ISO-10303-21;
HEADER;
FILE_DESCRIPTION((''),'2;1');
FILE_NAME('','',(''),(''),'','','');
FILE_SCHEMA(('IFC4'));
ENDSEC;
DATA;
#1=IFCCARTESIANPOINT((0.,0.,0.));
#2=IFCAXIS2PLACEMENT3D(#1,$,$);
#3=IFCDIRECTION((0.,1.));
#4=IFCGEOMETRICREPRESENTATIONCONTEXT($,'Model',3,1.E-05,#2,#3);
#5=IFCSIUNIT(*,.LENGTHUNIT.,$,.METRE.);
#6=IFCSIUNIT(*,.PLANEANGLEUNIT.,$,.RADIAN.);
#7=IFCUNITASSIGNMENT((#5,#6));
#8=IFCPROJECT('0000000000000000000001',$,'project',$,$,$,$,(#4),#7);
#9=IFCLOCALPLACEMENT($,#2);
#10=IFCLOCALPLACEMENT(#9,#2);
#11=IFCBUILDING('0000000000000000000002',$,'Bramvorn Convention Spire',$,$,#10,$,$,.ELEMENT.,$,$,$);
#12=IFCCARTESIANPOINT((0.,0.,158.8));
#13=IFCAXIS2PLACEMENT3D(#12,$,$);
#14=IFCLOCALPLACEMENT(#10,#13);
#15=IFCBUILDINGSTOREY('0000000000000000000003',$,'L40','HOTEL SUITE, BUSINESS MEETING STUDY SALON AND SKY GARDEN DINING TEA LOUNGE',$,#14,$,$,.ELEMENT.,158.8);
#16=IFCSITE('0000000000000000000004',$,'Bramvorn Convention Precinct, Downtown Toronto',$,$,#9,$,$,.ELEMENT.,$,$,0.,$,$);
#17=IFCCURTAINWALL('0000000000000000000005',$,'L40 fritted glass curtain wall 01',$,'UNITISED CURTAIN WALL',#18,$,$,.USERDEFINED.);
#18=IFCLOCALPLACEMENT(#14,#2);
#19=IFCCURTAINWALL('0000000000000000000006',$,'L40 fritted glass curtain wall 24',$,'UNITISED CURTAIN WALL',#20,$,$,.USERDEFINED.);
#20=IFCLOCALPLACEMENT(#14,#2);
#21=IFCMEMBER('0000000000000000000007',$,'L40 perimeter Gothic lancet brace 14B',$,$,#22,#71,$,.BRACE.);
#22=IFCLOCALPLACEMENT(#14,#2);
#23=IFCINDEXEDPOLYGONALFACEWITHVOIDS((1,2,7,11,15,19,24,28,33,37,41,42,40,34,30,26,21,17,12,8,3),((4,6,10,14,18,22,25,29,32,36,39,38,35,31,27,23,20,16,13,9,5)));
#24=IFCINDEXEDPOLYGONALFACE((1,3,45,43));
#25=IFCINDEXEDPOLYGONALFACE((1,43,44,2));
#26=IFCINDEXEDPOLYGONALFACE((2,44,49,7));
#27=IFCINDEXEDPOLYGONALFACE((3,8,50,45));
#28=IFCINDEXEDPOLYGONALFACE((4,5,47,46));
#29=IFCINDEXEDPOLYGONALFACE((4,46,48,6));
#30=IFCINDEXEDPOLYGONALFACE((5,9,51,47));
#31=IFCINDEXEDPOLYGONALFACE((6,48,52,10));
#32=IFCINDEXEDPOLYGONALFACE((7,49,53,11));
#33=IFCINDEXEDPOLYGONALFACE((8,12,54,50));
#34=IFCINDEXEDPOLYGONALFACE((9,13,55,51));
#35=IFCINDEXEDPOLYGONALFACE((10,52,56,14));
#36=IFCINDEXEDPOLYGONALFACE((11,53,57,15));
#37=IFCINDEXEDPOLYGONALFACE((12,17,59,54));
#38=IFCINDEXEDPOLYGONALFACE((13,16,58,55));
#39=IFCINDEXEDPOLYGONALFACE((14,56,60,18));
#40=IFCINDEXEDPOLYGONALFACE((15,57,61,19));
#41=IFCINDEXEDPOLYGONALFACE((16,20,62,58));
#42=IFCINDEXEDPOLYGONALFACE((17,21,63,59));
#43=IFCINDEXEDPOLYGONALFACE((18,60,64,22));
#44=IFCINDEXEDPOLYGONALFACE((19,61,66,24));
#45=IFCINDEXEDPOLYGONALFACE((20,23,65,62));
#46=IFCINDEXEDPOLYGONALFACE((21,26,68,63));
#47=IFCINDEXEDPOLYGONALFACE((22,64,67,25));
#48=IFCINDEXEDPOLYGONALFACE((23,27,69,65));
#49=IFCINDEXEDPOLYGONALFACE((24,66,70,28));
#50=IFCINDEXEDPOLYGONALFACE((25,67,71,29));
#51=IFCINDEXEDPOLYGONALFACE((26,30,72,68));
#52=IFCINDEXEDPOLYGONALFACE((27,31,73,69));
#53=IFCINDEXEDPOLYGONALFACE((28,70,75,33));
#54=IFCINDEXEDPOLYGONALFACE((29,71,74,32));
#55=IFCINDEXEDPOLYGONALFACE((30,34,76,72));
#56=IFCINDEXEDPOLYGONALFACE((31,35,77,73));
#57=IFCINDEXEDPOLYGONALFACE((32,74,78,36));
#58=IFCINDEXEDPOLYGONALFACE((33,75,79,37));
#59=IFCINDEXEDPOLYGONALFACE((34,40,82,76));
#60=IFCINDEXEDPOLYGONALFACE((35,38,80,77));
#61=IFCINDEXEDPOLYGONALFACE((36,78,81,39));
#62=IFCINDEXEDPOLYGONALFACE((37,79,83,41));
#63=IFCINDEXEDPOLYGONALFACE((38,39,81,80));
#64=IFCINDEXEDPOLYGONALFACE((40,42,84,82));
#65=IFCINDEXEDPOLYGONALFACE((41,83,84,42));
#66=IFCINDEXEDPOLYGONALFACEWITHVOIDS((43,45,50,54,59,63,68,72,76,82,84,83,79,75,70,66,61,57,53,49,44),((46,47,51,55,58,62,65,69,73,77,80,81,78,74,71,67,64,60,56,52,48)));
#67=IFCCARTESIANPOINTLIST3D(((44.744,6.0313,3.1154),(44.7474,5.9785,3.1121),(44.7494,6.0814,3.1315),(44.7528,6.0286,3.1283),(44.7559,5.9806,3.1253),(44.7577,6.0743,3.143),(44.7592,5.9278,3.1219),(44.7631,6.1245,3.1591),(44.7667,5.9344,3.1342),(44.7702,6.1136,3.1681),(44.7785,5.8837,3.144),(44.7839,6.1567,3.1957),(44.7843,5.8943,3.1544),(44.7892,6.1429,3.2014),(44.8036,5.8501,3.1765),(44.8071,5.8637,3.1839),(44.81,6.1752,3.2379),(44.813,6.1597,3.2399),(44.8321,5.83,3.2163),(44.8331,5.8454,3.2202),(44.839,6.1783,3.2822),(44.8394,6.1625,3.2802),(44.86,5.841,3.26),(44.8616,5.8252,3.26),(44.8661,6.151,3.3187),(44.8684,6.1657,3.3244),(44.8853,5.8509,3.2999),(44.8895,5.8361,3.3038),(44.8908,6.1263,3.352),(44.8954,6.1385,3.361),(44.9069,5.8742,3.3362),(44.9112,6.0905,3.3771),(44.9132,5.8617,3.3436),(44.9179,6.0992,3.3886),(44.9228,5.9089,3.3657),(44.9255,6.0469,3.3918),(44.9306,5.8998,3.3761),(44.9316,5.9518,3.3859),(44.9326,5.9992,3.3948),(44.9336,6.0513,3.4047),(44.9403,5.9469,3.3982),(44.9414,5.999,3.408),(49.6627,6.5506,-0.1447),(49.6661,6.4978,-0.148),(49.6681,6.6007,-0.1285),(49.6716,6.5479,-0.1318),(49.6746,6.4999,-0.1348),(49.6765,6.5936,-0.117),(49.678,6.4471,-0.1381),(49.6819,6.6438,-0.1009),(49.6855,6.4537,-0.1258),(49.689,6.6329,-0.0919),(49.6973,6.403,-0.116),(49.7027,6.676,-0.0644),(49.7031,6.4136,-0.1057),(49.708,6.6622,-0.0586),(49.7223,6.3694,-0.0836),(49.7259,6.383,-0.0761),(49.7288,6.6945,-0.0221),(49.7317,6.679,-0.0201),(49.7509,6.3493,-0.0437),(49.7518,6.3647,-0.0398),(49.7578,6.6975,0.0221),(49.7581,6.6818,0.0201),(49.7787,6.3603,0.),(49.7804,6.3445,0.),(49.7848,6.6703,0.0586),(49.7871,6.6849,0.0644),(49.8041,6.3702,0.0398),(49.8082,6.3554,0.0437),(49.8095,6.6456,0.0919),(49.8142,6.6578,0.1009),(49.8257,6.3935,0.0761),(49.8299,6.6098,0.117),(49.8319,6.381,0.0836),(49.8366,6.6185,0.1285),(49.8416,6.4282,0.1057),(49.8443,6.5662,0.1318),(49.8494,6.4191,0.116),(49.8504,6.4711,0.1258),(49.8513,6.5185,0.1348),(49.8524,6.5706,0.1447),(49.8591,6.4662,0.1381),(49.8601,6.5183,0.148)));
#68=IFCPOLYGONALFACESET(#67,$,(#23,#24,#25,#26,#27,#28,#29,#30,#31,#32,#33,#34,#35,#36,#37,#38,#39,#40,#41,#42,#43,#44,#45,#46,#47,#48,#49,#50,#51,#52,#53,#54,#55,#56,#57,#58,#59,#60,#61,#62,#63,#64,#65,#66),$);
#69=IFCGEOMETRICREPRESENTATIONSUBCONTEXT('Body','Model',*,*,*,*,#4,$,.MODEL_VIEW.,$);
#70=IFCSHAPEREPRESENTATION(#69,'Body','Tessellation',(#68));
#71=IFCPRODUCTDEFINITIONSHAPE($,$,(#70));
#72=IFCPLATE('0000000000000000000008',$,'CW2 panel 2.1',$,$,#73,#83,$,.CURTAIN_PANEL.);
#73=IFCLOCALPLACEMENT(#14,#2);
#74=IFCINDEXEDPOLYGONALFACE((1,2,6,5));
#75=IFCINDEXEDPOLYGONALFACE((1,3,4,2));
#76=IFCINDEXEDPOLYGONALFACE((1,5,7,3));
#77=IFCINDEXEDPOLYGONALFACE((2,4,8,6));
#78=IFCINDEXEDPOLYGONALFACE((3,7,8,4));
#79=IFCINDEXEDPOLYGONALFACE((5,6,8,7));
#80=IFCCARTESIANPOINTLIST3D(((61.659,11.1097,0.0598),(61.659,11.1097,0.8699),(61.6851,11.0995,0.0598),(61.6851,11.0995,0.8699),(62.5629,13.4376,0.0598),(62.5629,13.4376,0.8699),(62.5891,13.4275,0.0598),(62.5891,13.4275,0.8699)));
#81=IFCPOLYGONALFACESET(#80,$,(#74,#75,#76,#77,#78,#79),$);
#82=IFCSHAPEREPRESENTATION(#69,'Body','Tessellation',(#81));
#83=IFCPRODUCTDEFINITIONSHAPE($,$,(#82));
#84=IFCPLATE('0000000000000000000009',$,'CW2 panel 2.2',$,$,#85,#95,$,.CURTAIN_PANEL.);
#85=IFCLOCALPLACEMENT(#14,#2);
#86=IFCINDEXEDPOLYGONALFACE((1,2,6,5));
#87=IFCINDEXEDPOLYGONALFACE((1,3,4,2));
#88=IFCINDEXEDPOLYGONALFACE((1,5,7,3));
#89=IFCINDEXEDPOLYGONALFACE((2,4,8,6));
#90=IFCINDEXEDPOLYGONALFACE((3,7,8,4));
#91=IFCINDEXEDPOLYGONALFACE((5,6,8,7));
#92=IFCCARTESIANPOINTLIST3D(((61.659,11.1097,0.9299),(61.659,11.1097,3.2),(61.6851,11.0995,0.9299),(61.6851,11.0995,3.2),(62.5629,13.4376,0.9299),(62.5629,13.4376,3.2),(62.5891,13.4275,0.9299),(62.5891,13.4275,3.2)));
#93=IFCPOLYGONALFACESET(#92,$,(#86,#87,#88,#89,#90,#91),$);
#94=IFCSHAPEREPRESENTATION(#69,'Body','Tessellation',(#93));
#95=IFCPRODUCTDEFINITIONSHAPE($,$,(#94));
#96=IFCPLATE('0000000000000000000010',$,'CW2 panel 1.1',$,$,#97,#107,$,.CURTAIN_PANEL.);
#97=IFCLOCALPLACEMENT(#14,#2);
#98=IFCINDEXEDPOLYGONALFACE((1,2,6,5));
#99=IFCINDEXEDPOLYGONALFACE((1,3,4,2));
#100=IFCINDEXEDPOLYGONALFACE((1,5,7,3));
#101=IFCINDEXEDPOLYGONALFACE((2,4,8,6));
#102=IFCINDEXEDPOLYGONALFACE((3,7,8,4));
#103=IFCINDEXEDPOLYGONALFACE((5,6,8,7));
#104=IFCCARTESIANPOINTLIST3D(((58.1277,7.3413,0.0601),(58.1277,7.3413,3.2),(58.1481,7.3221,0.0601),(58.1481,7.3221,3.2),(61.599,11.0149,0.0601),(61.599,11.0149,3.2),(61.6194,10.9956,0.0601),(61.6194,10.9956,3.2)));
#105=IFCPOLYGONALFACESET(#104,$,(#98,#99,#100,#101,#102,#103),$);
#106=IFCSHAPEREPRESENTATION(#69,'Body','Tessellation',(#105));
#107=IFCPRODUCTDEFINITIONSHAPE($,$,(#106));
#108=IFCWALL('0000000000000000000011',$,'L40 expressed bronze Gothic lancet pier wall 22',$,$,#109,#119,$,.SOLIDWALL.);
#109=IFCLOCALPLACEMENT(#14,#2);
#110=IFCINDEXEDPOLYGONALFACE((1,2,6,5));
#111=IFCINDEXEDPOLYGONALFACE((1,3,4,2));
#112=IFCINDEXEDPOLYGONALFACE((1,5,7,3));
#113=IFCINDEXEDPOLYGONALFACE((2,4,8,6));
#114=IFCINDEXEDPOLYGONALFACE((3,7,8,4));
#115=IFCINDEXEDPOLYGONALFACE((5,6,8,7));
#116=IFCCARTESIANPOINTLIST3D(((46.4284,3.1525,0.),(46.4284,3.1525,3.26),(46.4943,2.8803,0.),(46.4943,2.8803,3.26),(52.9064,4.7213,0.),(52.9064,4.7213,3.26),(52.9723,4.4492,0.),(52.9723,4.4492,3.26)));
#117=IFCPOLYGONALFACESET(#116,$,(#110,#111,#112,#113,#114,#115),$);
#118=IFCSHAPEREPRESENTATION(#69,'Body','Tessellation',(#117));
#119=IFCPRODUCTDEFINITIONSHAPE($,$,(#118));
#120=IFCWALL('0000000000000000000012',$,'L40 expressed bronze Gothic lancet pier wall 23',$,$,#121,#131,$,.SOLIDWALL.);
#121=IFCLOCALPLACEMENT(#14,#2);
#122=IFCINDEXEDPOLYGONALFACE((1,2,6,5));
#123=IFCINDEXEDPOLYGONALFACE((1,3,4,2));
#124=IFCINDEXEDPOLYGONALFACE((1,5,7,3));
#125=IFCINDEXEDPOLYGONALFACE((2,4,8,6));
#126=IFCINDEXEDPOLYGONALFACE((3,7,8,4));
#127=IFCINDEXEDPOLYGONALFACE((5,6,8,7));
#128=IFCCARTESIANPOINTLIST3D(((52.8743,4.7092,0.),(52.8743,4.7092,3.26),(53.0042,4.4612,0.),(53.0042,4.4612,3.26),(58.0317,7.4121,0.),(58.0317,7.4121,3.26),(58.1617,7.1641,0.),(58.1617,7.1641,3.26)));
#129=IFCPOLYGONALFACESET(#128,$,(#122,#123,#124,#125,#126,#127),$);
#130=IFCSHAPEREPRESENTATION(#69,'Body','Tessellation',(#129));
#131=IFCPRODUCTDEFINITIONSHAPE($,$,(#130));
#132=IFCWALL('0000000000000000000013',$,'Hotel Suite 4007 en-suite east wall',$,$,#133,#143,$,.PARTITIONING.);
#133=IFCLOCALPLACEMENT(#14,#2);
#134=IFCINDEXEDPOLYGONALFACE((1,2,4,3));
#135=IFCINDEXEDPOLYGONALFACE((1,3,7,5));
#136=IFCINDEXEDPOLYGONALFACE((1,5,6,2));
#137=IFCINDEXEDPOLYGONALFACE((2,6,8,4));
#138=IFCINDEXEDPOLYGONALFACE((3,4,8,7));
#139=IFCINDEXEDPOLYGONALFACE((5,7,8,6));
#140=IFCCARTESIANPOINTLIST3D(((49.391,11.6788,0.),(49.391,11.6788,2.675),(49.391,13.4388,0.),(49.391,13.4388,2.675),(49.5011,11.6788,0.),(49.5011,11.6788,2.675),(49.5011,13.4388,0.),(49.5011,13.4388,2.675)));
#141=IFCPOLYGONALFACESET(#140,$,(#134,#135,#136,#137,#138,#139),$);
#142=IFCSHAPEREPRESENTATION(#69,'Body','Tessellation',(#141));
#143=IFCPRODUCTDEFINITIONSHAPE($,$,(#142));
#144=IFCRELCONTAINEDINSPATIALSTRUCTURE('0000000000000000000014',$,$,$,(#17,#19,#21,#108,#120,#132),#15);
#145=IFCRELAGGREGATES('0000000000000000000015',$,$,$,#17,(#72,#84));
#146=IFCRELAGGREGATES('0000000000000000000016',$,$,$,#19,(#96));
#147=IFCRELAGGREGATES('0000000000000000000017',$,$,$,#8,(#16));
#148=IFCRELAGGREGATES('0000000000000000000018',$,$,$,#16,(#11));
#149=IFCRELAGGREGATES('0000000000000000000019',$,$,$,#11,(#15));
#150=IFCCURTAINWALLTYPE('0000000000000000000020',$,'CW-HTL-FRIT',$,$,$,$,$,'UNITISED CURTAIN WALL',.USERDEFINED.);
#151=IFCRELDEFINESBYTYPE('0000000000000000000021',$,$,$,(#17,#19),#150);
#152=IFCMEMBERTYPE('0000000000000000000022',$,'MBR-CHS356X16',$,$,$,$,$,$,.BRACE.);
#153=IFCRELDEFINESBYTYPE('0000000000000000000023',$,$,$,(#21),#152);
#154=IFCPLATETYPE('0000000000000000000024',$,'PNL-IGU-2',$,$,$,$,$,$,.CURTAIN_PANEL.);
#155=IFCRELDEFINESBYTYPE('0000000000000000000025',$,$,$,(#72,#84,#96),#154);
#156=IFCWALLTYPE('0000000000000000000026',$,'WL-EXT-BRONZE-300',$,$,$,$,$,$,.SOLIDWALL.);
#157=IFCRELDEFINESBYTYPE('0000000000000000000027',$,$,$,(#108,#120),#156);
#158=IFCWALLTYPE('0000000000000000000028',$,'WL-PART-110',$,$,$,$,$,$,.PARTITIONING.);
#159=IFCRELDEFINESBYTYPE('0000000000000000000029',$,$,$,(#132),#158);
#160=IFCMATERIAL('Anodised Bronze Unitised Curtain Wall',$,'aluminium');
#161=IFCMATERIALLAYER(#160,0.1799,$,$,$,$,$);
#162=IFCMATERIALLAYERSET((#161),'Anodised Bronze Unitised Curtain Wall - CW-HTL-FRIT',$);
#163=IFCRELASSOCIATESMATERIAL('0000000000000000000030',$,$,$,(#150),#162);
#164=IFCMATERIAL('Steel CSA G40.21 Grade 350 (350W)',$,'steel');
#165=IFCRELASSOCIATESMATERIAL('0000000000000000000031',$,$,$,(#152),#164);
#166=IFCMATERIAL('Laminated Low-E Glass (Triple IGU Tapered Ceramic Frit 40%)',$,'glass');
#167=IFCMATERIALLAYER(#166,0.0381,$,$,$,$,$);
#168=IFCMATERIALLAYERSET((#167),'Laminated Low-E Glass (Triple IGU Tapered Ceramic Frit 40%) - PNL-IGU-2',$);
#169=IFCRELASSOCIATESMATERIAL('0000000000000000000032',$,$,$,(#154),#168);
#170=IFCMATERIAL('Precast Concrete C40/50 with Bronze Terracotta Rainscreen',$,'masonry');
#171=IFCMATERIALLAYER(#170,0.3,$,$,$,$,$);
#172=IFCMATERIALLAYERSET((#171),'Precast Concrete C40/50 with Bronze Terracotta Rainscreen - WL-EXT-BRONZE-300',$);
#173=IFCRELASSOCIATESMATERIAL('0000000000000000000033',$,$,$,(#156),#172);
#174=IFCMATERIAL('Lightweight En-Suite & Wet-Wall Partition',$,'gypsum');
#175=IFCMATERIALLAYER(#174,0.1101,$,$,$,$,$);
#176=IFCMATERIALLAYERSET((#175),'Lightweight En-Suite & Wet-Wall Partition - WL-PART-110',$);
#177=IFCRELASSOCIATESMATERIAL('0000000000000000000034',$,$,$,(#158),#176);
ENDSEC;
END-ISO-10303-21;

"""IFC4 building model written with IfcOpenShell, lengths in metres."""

from ifc_helpers import new_model, si_unit, direction, frame, frame_2d, origin, origin_2d, place, context, subcontext, project, spatial, rectangle, hollow_circle, extrude, material, layer, layer_set, material_profile, profile_set, type_object, element, aggregate, save


model = new_model("IFC4")

# Units and contexts
model_context = context("Model", 3, precision=1e-05, world=origin(), true_north=direction((0.0, 1.0)))
body_context = subcontext(model_context, "Body", "Model", "MODEL_VIEW")
ifc_project = project(units=[si_unit("LENGTHUNIT", "METRE"), si_unit("PLANEANGLEUNIT", "RADIAN")], contexts=[model_context])

# Site, building, storey
site_placement = place(None, origin())
site = spatial("IfcSite", under=ifc_project, at=site_placement, Name="Bramvorn Convention Precinct, Downtown Toronto", CompositionType="ELEMENT", RefElevation=0.0)
building_placement = place(site_placement, origin())
building = spatial("IfcBuilding", under=site, at=building_placement, Name="Bramvorn Convention Spire", CompositionType="ELEMENT")
storey_placement = place(building_placement, frame((0.0, 0.0, 158.8)))
storey = spatial("IfcBuildingStorey", under=building, at=storey_placement, Name="L40", Description="HOTEL SUITE, BUSINESS MEETING STUDY SALON AND SKY GARDEN DINING TEA LOUNGE", CompositionType="ELEMENT", Elevation=158.8)

# Shared definitions
ifc_material_1 = material(Name="Steel CSA G40.21 Grade 350 (350W)", Category="steel")

# Curtain wall
ifc_material_2 = material(Name="Anodised Bronze Unitised Curtain Wall", Category="aluminium")
ifc_layer_1 = layer(ifc_material_2, 0.1799)
ifc_layer_set_1 = layer_set([ifc_layer_1], Name="Anodised Bronze Unitised Curtain Wall - CW-HTL-FRIT")
curtain_wall_type = type_object("IfcCurtainWallType", Name="CW-HTL-FRIT", ElementType="UNITISED CURTAIN WALL", PredefinedType="USERDEFINED", material=ifc_layer_set_1)
curtain_wall_1_placement = place(storey_placement, origin())
curtain_wall_1 = element("IfcCurtainWall", 1, at=curtain_wall_1_placement, inside=storey, type_object=curtain_wall_type, Name="L40 fritted glass curtain wall 01", ObjectType="UNITISED CURTAIN WALL", PredefinedType="USERDEFINED")

# Curtain wall
curtain_wall_2_placement = place(storey_placement, origin())
curtain_wall_2 = element("IfcCurtainWall", 2, at=curtain_wall_2_placement, inside=storey, type_object=curtain_wall_type, Name="L40 fritted glass curtain wall 24", ObjectType="UNITISED CURTAIN WALL", PredefinedType="USERDEFINED")

# Member
ifc_material_profile_1 = material_profile(ifc_material_1, hollow_circle(Radius=0.1777, WallThickness=0.0159, at=origin_2d()))
ifc_profile_set_1 = profile_set([ifc_material_profile_1], Name="Steel CSA G40.21 Grade 350 (350W) - CHS356X16")
member_type_1 = type_object("IfcMemberType", Name="MBR-CHS356X16", PredefinedType="BRACE", material=ifc_profile_set_1)
member_1_placement = place(storey_placement, frame((49.7617, 6.5212, 0.0), z_axis=(-0.830334, -0.087662, 0.550328), x_axis=(0.104991, -0.994473, 0.0)))
element("IfcMember", 3, at=member_1_placement, inside=storey, type_object=member_type_1, Name="L40 perimeter Gothic lancet brace 14B", PredefinedType="BRACE", context=body_context, shape_type="SweptSolid", body=[
    extrude(hollow_circle(Radius=0.1777, WallThickness=0.0159, at=origin_2d()), origin(), (0.0, 0.0, 1.0), 5.9238),
])

# Plates
ifc_material_3 = material(Name="Laminated Low-E Glass (Triple IGU Tapered Ceramic Frit 40%)", Category="glass")
ifc_layer_2 = layer(ifc_material_3, 0.0381)
ifc_layer_set_2 = layer_set([ifc_layer_2], Name="Laminated Low-E Glass (Triple IGU Tapered Ceramic Frit 40%) - PNL-IGU-2")
plate_type = type_object("IfcPlateType", Name="PNL-IGU-2", PredefinedType="CURTAIN_PANEL", material=ifc_layer_set_2)
plate_1_placement = place(storey_placement, frame((62.124, 12.2686, 0.0598), z_axis=(0.0, 0.0, 1.0), x_axis=(-0.361975, -0.932188, 0.0)))
plate_1 = element("IfcPlate", 4, at=plate_1_placement, type_object=plate_type, Name="CW2 panel 2.1", PredefinedType="CURTAIN_PANEL", context=body_context, shape_type="SweptSolid", body=[
    extrude(rectangle(XDim=2.4973, YDim=0.0281, at=origin_2d()), origin(), (0.0, 0.0, 1.0), 0.8101),
])
plate_2_placement = place(storey_placement, frame((62.124, 12.2686, 0.9299), z_axis=(0.0, 0.0, 1.0), x_axis=(-0.361975, -0.932188, 0.0)))
plate_2 = element("IfcPlate", 5, at=plate_2_placement, type_object=plate_type, Name="CW2 panel 2.2", PredefinedType="CURTAIN_PANEL", context=body_context, shape_type="SweptSolid", body=[
    extrude(rectangle(XDim=2.4973, YDim=0.0281, at=origin_2d()), origin(), (0.0, 0.0, 1.0), 2.27),
])
aggregate(curtain_wall_1, [plate_1, plate_2])
plate_3_placement = place(storey_placement, frame((59.8735, 9.1685, 0.0601), z_axis=(0.0, 0.0, 1.0), x_axis=(-0.686821, -0.726827, 0.0)))
plate_3 = element("IfcPlate", 6, at=plate_3_placement, type_object=plate_type, Name="CW2 panel 1.1", PredefinedType="CURTAIN_PANEL", context=body_context, shape_type="SweptSolid", body=[
    extrude(rectangle(XDim=5.0542, YDim=0.0281, at=origin_2d()), origin(), (0.0, 0.0, 1.0), 3.1399),
])
aggregate(curtain_wall_2, [plate_3])

# Walls
ifc_material_4 = material(Name="Precast Concrete C40/50 with Bronze Terracotta Rainscreen", Category="masonry")
ifc_layer_3 = layer(ifc_material_4, 0.3)
ifc_layer_set_3 = layer_set([ifc_layer_3], Name="Precast Concrete C40/50 with Bronze Terracotta Rainscreen - WL-EXT-BRONZE-300")
wall_type_1 = type_object("IfcWallType", Name="WL-EXT-BRONZE-300", PredefinedType="SOLIDWALL", material=ifc_layer_set_3)
wall_1_placement = place(storey_placement, frame((52.9392, 4.5852, 0.0), z_axis=(0.0, 0.0, 1.0), x_axis=(-0.971904, -0.235376, 0.0)))
element("IfcWall", 7, at=wall_1_placement, inside=storey, type_object=wall_type_1, Name="L40 expressed bronze Gothic lancet pier wall 22", PredefinedType="SOLIDWALL", context=body_context, shape_type="SweptSolid", body=[
    extrude(rectangle(XDim=6.6653, YDim=0.28, at=frame_2d((3.3325, 0.0))), origin(), (0.0, 0.0, 1.0), 3.26),
])
wall_2_placement = place(storey_placement, frame((58.0967, 7.2881, 0.0), z_axis=(0.0, 0.0, 1.0), x_axis=(-0.885736, -0.464189, 0.0)))
element("IfcWall", 8, at=wall_2_placement, inside=storey, type_object=wall_type_1, Name="L40 expressed bronze Gothic lancet pier wall 23", PredefinedType="SOLIDWALL", context=body_context, shape_type="SweptSolid", body=[
    extrude(rectangle(XDim=5.8228, YDim=0.28, at=frame_2d((2.9114, 0.0))), origin(), (0.0, 0.0, 1.0), 3.26),
])
ifc_material_5 = material(Name="Lightweight En-Suite & Wet-Wall Partition", Category="gypsum")
ifc_layer_4 = layer(ifc_material_5, 0.1101)
ifc_layer_set_4 = layer_set([ifc_layer_4], Name="Lightweight En-Suite & Wet-Wall Partition - WL-PART-110")
wall_type_2 = type_object("IfcWallType", Name="WL-PART-110", PredefinedType="PARTITIONING", material=ifc_layer_set_4)
wall_3_placement = place(storey_placement, frame((49.446, 11.679, 0.0), z_axis=(0.0, 0.0, 1.0), x_axis=(0.0, 1.0, 0.0)))
element("IfcWall", 9, at=wall_3_placement, inside=storey, type_object=wall_type_2, Name="Hotel Suite 4007 en-suite east wall", PredefinedType="PARTITIONING", context=body_context, shape_type="SweptSolid", body=[
    extrude(rectangle(XDim=1.76, YDim=0.1101, at=frame_2d((0.8799, 0.0))), origin(), (0.0, 0.0, 1.0), 2.675),
])

save(model, "model.ifc")
